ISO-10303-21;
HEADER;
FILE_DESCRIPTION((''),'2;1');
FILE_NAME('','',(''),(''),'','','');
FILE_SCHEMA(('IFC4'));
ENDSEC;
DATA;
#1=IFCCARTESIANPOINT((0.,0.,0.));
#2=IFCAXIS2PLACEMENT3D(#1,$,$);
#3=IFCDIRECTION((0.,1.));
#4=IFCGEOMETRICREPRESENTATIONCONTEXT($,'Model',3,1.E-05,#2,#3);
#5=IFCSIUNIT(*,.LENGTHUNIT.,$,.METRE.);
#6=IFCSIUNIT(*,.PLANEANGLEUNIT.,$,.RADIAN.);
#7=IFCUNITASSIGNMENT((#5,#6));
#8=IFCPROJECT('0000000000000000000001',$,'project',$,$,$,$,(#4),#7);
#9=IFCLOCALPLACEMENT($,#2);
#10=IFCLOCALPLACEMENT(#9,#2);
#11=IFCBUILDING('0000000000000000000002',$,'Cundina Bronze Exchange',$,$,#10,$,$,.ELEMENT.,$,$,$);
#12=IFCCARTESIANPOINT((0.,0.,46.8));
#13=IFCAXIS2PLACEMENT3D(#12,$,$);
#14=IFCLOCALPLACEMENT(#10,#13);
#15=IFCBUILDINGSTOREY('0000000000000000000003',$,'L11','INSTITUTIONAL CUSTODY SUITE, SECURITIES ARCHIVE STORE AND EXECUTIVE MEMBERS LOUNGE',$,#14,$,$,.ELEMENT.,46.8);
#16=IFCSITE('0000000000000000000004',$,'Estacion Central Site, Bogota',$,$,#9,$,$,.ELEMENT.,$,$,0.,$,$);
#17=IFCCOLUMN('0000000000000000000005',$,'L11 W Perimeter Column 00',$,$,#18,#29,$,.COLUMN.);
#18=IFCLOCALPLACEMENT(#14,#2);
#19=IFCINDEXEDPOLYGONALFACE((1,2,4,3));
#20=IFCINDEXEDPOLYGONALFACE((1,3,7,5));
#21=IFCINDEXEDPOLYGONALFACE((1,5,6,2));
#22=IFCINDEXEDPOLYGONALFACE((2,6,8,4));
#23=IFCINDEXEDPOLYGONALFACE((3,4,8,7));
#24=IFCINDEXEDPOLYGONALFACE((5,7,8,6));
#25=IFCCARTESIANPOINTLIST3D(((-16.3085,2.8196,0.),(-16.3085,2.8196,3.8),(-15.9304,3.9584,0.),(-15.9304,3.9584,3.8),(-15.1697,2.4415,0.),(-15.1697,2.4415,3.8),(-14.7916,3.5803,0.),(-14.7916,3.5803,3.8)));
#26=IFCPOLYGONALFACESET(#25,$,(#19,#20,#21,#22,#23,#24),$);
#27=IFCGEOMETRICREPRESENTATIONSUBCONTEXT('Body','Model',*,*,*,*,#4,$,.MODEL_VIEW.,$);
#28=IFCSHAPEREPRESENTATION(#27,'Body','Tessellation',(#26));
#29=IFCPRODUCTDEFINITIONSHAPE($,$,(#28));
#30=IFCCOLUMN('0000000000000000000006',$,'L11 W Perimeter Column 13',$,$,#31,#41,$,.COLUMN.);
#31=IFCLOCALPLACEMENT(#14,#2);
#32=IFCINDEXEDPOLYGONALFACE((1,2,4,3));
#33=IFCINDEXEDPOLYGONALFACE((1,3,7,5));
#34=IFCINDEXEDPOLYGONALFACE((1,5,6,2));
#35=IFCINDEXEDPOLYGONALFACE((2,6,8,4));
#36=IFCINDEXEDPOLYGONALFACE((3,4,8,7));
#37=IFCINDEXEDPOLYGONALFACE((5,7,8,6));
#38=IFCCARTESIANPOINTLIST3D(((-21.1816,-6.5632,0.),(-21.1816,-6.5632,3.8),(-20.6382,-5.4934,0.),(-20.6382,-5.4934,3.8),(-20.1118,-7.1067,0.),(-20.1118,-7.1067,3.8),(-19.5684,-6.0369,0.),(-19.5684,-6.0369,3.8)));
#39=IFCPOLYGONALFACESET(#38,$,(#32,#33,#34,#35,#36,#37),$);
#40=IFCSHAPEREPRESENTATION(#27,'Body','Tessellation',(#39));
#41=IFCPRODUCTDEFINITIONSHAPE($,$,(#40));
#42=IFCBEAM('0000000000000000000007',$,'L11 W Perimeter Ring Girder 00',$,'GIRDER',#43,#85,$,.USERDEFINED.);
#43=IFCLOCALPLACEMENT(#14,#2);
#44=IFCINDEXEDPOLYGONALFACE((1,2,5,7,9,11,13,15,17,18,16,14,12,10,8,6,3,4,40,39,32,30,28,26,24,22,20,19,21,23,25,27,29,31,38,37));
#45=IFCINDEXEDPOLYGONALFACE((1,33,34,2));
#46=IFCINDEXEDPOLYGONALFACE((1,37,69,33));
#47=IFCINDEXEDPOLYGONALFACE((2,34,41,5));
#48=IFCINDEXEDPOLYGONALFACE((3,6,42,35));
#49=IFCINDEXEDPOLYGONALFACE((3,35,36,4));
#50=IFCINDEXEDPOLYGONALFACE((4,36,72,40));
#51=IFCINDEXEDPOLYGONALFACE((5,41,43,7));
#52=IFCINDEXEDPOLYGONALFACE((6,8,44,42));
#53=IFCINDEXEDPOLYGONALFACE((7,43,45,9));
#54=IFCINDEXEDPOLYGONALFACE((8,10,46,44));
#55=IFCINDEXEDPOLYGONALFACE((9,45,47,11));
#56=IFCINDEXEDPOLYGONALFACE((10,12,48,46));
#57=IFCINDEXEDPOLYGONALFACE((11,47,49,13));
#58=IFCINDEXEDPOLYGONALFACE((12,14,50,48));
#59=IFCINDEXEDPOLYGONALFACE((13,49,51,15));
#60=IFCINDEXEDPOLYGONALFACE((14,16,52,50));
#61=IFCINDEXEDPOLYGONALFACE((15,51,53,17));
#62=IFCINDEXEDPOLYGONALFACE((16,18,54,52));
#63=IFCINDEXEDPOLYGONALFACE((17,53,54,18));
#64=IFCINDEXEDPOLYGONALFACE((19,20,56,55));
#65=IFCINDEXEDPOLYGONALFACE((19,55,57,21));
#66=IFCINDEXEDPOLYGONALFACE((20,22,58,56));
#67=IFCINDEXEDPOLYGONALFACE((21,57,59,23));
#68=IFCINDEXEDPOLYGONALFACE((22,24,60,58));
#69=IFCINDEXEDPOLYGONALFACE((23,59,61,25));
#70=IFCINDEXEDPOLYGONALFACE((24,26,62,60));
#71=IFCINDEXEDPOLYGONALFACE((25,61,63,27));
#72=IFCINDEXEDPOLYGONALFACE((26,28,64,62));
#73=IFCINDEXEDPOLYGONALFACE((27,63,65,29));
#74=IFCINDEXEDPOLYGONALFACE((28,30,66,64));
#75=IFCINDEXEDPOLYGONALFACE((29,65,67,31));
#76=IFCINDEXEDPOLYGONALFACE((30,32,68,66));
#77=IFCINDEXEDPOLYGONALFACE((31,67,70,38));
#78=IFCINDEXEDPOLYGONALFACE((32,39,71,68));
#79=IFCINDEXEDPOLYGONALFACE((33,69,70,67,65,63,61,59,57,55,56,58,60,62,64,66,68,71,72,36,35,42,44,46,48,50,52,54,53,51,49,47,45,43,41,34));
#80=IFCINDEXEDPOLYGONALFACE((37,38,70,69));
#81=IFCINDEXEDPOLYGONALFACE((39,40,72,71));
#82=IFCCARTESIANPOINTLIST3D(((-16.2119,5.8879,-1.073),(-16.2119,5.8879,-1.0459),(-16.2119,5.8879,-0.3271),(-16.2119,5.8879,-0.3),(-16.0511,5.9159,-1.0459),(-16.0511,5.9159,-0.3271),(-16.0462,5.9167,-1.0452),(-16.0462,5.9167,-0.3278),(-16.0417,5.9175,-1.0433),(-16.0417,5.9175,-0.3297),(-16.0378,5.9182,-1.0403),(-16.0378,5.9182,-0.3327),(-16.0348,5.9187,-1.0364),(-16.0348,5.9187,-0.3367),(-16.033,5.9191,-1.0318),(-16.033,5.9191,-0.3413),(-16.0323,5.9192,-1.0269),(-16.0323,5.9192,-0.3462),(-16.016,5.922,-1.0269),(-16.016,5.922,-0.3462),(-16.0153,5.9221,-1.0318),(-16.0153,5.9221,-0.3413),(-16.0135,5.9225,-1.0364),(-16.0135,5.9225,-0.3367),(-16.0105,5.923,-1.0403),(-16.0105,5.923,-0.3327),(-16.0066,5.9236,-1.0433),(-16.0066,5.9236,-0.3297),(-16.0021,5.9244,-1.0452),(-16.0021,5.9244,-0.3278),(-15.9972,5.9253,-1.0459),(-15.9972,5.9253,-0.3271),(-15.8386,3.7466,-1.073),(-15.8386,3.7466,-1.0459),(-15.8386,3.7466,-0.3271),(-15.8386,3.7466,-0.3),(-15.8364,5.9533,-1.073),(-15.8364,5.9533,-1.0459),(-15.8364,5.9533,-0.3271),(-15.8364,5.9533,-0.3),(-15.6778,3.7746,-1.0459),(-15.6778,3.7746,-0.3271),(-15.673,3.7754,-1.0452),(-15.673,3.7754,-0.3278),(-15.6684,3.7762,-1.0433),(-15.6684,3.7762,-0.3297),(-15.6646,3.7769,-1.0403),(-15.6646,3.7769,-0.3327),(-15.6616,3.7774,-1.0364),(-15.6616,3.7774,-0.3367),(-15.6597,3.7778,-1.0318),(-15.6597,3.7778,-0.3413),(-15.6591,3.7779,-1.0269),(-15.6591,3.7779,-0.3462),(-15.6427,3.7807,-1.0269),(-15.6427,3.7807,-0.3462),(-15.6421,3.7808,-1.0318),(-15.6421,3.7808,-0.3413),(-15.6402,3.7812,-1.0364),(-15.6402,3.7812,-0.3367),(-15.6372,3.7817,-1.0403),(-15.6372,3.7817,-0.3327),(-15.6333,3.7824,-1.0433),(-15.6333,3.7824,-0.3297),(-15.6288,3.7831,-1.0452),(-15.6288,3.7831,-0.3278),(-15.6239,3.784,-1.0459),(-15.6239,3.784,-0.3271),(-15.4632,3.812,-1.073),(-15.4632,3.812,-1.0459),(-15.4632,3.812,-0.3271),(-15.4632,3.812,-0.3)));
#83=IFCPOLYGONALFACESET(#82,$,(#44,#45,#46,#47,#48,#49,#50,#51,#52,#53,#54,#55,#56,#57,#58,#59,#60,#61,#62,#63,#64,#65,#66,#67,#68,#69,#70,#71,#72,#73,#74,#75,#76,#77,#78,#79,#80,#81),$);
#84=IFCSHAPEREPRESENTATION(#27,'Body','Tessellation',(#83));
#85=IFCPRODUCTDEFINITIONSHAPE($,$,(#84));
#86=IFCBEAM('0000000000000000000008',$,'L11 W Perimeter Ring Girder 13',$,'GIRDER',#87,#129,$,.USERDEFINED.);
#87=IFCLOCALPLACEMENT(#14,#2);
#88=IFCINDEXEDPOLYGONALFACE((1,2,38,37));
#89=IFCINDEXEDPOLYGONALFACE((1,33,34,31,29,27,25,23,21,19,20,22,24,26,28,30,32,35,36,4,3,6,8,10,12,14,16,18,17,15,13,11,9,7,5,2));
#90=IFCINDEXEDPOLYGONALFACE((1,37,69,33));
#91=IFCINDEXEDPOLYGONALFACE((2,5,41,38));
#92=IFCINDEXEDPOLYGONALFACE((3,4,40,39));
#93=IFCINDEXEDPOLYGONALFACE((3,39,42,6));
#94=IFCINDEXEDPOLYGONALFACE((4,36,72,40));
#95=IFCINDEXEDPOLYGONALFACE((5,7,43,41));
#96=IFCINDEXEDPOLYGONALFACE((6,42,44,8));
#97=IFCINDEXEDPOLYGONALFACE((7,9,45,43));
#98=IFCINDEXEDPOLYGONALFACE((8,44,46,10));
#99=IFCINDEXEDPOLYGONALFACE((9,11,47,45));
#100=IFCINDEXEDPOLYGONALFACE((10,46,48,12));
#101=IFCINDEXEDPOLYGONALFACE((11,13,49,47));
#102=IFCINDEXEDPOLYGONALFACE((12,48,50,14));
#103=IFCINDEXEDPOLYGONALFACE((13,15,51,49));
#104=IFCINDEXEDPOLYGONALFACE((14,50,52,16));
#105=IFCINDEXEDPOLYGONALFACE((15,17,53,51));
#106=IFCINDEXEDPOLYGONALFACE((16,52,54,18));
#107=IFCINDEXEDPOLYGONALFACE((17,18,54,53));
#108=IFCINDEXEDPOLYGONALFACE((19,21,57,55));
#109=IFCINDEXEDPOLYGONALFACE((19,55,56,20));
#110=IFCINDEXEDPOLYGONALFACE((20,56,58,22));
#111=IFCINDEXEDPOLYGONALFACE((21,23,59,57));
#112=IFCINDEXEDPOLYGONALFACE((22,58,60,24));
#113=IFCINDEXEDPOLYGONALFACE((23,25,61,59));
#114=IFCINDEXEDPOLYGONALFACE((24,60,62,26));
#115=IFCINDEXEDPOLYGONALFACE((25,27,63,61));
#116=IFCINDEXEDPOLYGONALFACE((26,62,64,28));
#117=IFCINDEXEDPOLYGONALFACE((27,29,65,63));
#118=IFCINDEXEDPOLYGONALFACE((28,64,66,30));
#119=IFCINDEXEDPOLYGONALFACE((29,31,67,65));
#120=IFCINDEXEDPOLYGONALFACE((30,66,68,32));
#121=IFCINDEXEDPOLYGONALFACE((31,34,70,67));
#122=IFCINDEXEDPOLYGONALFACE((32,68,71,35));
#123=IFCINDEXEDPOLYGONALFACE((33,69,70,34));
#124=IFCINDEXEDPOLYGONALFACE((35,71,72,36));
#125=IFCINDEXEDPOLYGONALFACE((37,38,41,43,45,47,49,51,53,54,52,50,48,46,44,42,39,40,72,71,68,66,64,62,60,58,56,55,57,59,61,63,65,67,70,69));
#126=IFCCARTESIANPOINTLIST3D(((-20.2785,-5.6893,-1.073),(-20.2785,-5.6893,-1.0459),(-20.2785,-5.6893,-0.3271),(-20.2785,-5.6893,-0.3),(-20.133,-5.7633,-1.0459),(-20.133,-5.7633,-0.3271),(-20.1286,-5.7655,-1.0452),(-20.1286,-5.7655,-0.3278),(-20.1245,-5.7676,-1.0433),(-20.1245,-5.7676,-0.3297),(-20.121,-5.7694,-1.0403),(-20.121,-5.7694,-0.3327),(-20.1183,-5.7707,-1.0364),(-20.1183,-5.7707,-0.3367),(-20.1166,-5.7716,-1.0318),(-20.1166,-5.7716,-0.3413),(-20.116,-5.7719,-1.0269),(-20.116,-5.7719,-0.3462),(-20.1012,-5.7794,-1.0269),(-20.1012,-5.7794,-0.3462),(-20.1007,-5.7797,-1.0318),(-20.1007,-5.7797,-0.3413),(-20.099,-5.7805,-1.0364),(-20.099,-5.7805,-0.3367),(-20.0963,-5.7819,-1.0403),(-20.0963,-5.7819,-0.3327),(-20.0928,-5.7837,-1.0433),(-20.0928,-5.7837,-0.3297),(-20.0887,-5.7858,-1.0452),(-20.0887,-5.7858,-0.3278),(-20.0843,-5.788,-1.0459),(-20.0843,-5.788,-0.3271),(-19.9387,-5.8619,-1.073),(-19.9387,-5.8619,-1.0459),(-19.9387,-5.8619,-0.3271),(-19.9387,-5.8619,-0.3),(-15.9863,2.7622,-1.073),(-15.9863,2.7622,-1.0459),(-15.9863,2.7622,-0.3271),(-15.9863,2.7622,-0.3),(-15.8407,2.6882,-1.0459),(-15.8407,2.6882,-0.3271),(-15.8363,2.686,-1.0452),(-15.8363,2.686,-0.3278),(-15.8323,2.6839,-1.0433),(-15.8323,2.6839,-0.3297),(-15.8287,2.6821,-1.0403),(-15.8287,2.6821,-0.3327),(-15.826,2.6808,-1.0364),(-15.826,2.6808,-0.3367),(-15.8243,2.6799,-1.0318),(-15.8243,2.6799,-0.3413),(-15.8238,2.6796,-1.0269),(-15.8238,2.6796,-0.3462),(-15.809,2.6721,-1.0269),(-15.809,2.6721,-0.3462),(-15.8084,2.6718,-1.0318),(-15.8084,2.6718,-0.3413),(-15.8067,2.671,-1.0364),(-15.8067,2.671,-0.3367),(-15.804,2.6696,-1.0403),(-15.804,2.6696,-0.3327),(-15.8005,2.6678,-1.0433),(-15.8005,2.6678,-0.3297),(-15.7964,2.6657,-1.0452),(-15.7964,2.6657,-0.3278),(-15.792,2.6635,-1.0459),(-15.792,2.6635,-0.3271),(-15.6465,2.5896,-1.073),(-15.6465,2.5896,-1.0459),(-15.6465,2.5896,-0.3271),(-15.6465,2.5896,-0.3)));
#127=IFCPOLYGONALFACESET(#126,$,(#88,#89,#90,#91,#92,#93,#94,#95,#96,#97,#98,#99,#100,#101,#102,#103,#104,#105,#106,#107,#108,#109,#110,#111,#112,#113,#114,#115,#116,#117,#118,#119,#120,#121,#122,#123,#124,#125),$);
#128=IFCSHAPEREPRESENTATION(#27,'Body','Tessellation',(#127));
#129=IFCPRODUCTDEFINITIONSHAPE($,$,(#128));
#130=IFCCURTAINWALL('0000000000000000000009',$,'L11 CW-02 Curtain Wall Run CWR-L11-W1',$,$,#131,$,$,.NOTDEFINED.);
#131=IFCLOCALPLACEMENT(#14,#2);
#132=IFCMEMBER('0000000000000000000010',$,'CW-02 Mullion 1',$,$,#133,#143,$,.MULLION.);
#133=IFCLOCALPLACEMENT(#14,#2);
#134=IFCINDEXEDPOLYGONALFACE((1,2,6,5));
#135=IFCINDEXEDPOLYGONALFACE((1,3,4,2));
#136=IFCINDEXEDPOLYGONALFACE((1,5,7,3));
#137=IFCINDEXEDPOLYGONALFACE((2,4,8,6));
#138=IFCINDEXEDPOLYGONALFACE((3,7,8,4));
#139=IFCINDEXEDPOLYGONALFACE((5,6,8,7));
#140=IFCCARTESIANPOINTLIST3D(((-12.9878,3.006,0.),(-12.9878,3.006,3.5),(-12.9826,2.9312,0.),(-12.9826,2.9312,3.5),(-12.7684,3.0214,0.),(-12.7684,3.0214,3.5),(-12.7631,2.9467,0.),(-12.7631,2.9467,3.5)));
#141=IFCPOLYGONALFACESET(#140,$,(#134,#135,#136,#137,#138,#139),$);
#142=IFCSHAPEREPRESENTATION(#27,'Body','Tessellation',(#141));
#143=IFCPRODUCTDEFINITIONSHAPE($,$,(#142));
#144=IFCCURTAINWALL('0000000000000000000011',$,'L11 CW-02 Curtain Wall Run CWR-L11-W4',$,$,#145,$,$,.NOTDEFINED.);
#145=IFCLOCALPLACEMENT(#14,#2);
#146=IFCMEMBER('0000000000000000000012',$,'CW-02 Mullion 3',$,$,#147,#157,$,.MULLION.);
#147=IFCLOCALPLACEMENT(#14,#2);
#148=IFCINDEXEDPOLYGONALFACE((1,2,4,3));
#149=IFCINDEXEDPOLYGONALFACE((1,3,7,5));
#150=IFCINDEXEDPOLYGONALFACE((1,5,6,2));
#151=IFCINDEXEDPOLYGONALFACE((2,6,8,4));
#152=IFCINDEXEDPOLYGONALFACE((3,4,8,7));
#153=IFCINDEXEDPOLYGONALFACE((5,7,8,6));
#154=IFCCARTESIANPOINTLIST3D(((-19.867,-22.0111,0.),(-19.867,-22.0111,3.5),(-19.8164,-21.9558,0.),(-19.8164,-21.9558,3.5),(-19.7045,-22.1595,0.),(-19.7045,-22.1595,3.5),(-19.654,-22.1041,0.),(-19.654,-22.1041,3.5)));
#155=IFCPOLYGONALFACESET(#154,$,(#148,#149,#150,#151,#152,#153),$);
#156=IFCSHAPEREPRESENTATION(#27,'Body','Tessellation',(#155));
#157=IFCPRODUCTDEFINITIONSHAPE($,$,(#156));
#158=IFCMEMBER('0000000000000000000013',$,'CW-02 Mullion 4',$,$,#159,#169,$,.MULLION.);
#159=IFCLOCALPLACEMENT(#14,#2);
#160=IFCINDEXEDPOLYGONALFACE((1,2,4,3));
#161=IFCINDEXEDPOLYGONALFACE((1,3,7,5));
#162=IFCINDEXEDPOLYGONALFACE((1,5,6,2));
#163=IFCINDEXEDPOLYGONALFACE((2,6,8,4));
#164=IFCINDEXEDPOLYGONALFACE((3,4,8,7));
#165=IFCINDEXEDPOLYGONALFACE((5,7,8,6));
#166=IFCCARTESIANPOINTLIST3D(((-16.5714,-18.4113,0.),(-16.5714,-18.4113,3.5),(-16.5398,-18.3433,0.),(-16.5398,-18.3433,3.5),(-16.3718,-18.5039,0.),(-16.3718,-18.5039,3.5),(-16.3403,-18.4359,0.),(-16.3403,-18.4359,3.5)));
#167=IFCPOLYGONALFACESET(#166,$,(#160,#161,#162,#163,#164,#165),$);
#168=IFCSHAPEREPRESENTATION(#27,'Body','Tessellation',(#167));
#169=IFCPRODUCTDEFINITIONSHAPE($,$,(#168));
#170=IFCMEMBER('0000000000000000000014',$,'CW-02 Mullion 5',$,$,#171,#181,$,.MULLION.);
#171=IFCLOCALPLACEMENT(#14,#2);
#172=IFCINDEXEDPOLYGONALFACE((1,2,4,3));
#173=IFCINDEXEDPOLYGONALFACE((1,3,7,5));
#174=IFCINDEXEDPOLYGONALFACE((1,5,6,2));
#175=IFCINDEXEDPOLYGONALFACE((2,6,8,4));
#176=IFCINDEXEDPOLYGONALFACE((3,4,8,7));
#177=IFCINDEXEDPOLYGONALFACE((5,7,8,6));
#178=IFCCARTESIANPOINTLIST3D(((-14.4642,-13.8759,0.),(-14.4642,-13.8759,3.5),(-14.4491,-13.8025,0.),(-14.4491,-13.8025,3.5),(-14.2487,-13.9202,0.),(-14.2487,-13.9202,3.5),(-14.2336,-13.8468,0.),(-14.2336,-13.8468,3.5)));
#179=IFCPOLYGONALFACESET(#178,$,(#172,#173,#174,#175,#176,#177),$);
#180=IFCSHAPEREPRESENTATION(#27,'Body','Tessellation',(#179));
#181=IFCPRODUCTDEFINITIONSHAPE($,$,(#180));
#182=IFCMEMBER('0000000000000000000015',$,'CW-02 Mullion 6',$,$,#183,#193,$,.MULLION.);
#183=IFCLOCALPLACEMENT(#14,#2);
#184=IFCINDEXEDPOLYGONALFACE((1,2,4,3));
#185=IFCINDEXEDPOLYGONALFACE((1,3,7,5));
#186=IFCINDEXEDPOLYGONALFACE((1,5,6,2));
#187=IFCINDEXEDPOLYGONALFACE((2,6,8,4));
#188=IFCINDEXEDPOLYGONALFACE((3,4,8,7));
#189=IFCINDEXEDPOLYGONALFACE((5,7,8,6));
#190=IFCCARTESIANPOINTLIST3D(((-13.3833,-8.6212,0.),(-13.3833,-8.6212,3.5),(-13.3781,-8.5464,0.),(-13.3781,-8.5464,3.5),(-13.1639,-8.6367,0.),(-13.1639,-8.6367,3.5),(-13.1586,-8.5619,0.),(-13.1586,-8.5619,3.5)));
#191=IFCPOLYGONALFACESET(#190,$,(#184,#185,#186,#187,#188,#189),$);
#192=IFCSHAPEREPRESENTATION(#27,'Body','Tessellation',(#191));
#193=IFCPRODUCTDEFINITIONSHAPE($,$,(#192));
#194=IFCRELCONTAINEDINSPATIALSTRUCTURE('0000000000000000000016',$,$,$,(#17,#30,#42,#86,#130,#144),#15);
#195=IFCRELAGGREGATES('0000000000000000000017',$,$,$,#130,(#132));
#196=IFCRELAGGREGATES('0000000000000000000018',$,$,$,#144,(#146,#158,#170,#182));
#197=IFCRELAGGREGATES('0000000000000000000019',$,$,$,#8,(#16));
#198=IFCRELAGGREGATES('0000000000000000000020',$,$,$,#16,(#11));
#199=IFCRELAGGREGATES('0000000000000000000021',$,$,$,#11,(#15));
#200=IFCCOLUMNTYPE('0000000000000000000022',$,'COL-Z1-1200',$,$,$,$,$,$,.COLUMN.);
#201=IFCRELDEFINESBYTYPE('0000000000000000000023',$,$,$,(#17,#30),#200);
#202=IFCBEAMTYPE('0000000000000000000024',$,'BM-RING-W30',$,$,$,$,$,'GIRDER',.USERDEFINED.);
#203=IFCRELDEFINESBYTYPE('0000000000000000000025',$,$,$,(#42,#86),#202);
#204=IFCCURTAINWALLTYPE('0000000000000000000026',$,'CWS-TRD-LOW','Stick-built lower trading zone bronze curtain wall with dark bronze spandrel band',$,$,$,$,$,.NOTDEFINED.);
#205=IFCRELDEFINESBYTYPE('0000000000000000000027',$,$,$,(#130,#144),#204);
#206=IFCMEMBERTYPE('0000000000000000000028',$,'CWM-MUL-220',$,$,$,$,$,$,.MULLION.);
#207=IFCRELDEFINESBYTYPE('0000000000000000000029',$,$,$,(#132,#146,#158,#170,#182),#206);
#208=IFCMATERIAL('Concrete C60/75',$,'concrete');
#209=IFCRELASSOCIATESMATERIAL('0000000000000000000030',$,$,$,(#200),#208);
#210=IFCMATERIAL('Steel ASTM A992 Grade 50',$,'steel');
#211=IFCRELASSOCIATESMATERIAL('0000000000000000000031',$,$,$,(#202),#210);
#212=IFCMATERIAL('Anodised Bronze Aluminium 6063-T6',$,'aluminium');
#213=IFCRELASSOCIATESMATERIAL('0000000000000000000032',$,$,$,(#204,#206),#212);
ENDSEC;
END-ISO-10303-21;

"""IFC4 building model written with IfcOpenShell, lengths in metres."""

from ifc_helpers import new_model, si_unit, direction, frame, origin, origin_2d, place, context, subcontext, project, spatial, rectangle, i_section, extrude, material, material_profile, profile_set, type_object, element, aggregate, save


model = new_model("IFC4")

# Units and contexts
model_context = context("Model", 3, precision=1e-05, world=origin(), true_north=direction((0.0, 1.0)))
body_context = subcontext(model_context, "Body", "Model", "MODEL_VIEW")
ifc_project = project(units=[si_unit("LENGTHUNIT", "METRE"), si_unit("PLANEANGLEUNIT", "RADIAN")], contexts=[model_context])

# Site, building, storey
site_placement = place(None, origin())
site = spatial("IfcSite", under=ifc_project, at=site_placement, Name="Estacion Central Site, Bogota", CompositionType="ELEMENT", RefElevation=0.0)
building_placement = place(site_placement, origin())
building = spatial("IfcBuilding", under=site, at=building_placement, Name="Cundina Bronze Exchange", CompositionType="ELEMENT")
storey_placement = place(building_placement, frame((0.0, 0.0, 46.8)))
storey = spatial("IfcBuildingStorey", under=building, at=storey_placement, Name="L11", Description="INSTITUTIONAL CUSTODY SUITE, SECURITIES ARCHIVE STORE AND EXECUTIVE MEMBERS LOUNGE", CompositionType="ELEMENT", Elevation=46.8)

# Columns
ifc_material_1 = material(Name="Concrete C60/75", Category="concrete")
ifc_material_profile_1 = material_profile(ifc_material_1, rectangle(XDim=1.2, YDim=1.2, at=origin_2d()), Name="RC1200X1200", Category="concrete")
ifc_profile_set_1 = profile_set([ifc_material_profile_1], Name="Concrete C60/75")
column_type = type_object("IfcColumnType", Name="COL-Z1-1200", PredefinedType="COLUMN", material=ifc_profile_set_1)
for number, where, z_axis, x_axis, name in (
    (1, (-15.55, 3.2, 0.0), (0.0, 0.0, 1.0), (0.315152, 0.949041, 0.0), "L11 W Perimeter Column 00"),
    (2, (-20.375, -6.3, 0.0), (0.0, 0.0, 1.0), (0.452902, 0.891561, 0.0), "L11 W Perimeter Column 13"),
):
    element("IfcColumn", number, at=place(storey_placement, frame(where, z_axis=z_axis, x_axis=x_axis)), inside=storey, type_object=column_type, Name=name, PredefinedType="COLUMN", context=body_context, shape_type="SweptSolid", body=[
        extrude(rectangle(XDim=1.2, YDim=1.2, at=origin_2d()), origin(), (0.0, 0.0, 1.0), 3.8),
    ])

# Beams
ifc_material_2 = material(Name="Steel ASTM A992 Grade 50", Category="steel")
ifc_material_profile_2 = material_profile(ifc_material_2, i_section(OverallWidth=0.3811, OverallDepth=0.7729, WebThickness=0.0166, FlangeThickness=0.0271, FilletRadius=0.019, at=origin_2d()), Name="W30X173", Category="steel")
ifc_profile_set_2 = profile_set([ifc_material_profile_2], Name="Steel ASTM A992 Grade 50")
beam_type = type_object("IfcBeamType", Name="BM-RING-W30", ElementType="GIRDER", PredefinedType="USERDEFINED", material=ifc_profile_set_2)
beam_1_placement = place(storey_placement, frame((-15.6509, 3.7793, -0.6865), z_axis=(-0.171735, 0.985143, 0.0), x_axis=(-0.985143, -0.171735, 0.0)))
element("IfcBeam", 3, at=beam_1_placement, inside=storey, type_object=beam_type, Name="L11 W Perimeter Ring Girder 00", ObjectType="GIRDER", PredefinedType="USERDEFINED", context=body_context, shape_type="SweptSolid", body=[
    extrude(i_section(OverallWidth=0.3811, OverallDepth=0.7729, WebThickness=0.0166, FlangeThickness=0.0271, FilletRadius=0.019, at=origin_2d()), origin(), (0.0, 0.0, 1.0), 2.1736),
])
beam_2_placement = place(storey_placement, frame((-20.1086, -5.7756, -0.6865), z_axis=(0.45282, 0.891602, 0.0), x_axis=(-0.891602, 0.45282, 0.0)))
element("IfcBeam", 4, at=beam_2_placement, inside=storey, type_object=beam_type, Name="L11 W Perimeter Ring Girder 13", ObjectType="GIRDER", PredefinedType="USERDEFINED", context=body_context, shape_type="SweptSolid", body=[
    extrude(i_section(OverallWidth=0.3811, OverallDepth=0.7729, WebThickness=0.0166, FlangeThickness=0.0271, FilletRadius=0.019, at=origin_2d()), origin(), (0.0, 0.0, 1.0), 9.479),
])

# Curtain wall, member
ifc_material_3 = material(Name="Anodised Bronze Aluminium 6063-T6", Category="aluminium")
curtain_wall_type = type_object("IfcCurtainWallType", Name="CWS-TRD-LOW", Description="Stick-built lower trading zone bronze curtain wall with dark bronze spandrel band", PredefinedType="NOTDEFINED", material=ifc_material_3)
curtain_wall_1_placement = place(storey_placement, origin())
curtain_wall_1 = element("IfcCurtainWall", 5, at=curtain_wall_1_placement, inside=storey, type_object=curtain_wall_type, Name="L11 CW-02 Curtain Wall Run CWR-L11-W1", PredefinedType="NOTDEFINED")
ifc_material_profile_3 = material_profile(ifc_material_3, rectangle(XDim=0.075, YDim=0.22, at=origin_2d()), Name="AL75X220", Category="aluminium")
ifc_profile_set_3 = profile_set([ifc_material_profile_3], Name="Anodised Bronze Aluminium 6063-T6")
member_type_1 = type_object("IfcMemberType", Name="CWM-MUL-220", PredefinedType="MULLION", material=ifc_profile_set_3)
member_1_placement = place(storey_placement, frame((-12.8755, 2.9763, 0.0), z_axis=(0.0, 0.0, 1.0), x_axis=(-0.070279, 0.997527, 0.0)))
member_1 = element("IfcMember", 6, at=member_1_placement, type_object=member_type_1, Name="CW-02 Mullion 1", PredefinedType="MULLION", context=body_context, shape_type="SweptSolid", body=[
    extrude(rectangle(XDim=0.075, YDim=0.22, at=origin_2d()), origin(), (0.0, 0.0, 1.0), 3.5),
])

# Curtain wall, members
curtain_wall_2_placement = place(storey_placement, origin())
curtain_wall_2 = element("IfcCurtainWall", 7, at=curtain_wall_2_placement, inside=storey, type_object=curtain_wall_type, Name="L11 CW-02 Curtain Wall Run CWR-L11-W4", PredefinedType="NOTDEFINED")
member_2_placement = place(storey_placement, frame((-19.7605, -22.0576, 0.0), z_axis=(0.0, 0.0, 1.0), x_axis=(0.674302, 0.738455, 0.0)))
member_2 = element("IfcMember", 8, at=member_2_placement, type_object=member_type_1, Name="CW-02 Mullion 3", PredefinedType="MULLION", context=body_context, shape_type="SweptSolid", body=[
    extrude(rectangle(XDim=0.075, YDim=0.22, at=origin_2d()), origin(), (0.0, 0.0, 1.0), 3.5),
])
member_3_placement = place(storey_placement, frame((-16.4558, -18.4236, 0.0), z_axis=(0.0, 0.0, 1.0), x_axis=(0.420877, 0.907117, 0.0)))
member_3 = element("IfcMember", 9, at=member_3_placement, type_object=member_type_1, Name="CW-02 Mullion 4", PredefinedType="MULLION", context=body_context, shape_type="SweptSolid", body=[
    extrude(rectangle(XDim=0.075, YDim=0.22, at=origin_2d()), origin(), (0.0, 0.0, 1.0), 3.5),
])
member_4_placement = place(storey_placement, frame((-14.3489, -13.8613, 0.0), z_axis=(0.0, 0.0, 1.0), x_axis=(0.20142, 0.979505, 0.0)))
member_4 = element("IfcMember", 10, at=member_4_placement, type_object=member_type_1, Name="CW-02 Mullion 5", PredefinedType="MULLION", context=body_context, shape_type="SweptSolid", body=[
    extrude(rectangle(XDim=0.075, YDim=0.22, at=origin_2d()), origin(), (0.0, 0.0, 1.0), 3.5),
])
member_5_placement = place(storey_placement, frame((-13.271, -8.5916, 0.0), z_axis=(0.0, 0.0, 1.0), x_axis=(0.070279, 0.997527, 0.0)))
member_5 = element("IfcMember", 11, at=member_5_placement, type_object=member_type_1, Name="CW-02 Mullion 6", PredefinedType="MULLION", context=body_context, shape_type="SweptSolid", body=[
    extrude(rectangle(XDim=0.075, YDim=0.22, at=origin_2d()), origin(), (0.0, 0.0, 1.0), 3.5),
])

aggregate(curtain_wall_1, [member_1])

aggregate(curtain_wall_2, [member_2, member_3, member_4, member_5])

save(model, "model.ifc")
